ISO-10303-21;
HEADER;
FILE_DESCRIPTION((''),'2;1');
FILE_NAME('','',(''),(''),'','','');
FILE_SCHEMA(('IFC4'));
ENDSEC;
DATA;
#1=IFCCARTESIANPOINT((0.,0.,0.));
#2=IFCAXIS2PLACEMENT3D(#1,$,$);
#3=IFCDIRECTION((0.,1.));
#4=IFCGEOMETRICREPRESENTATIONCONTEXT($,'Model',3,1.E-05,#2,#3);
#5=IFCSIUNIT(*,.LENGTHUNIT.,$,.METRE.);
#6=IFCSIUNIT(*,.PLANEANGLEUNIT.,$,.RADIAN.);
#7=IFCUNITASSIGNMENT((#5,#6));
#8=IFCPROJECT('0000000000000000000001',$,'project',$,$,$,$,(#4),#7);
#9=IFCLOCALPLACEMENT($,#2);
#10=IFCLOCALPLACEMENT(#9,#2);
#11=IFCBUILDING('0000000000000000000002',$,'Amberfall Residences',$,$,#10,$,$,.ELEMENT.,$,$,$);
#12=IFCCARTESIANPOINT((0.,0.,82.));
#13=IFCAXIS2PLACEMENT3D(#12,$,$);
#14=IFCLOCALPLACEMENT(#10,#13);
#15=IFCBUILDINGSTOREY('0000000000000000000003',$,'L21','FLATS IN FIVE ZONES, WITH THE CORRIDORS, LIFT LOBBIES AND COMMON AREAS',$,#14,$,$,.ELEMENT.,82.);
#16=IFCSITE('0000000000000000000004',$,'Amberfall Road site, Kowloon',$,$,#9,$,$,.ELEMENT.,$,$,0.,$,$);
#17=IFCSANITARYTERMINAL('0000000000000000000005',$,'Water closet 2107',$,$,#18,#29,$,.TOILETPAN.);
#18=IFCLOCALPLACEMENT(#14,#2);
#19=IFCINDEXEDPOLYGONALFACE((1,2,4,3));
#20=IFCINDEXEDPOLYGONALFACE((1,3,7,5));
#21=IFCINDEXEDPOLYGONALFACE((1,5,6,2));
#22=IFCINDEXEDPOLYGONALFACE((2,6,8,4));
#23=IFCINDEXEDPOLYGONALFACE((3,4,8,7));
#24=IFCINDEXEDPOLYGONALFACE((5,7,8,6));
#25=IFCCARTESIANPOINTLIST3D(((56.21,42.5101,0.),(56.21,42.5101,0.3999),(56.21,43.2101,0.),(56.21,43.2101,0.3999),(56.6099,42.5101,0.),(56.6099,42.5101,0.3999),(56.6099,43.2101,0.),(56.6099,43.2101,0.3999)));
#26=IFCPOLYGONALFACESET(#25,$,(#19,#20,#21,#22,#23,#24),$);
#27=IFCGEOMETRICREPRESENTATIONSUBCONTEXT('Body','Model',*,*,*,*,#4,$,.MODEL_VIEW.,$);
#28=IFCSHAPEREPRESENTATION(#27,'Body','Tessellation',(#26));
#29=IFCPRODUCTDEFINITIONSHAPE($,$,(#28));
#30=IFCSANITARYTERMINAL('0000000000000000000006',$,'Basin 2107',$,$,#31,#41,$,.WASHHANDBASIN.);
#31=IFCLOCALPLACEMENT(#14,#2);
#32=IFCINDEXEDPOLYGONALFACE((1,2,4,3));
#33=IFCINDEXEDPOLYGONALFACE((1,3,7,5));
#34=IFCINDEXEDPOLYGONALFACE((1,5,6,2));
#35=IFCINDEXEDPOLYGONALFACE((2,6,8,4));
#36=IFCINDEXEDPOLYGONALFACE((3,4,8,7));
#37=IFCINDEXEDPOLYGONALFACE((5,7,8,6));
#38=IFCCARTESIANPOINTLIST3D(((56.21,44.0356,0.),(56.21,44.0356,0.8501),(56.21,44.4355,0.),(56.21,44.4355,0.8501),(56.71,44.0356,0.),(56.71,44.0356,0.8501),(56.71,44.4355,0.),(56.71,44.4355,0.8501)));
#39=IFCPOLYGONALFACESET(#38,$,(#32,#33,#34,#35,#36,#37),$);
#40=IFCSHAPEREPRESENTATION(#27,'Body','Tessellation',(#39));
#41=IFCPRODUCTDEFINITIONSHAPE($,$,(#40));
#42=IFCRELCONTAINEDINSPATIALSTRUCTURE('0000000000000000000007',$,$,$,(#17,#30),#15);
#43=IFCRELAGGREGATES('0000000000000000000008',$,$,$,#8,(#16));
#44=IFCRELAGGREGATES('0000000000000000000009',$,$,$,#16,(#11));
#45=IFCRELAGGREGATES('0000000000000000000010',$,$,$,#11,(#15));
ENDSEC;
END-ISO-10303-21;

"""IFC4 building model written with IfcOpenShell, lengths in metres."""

from ifc_helpers import new_model, si_unit, direction, frame, origin, origin_2d, place, context, subcontext, project, spatial, rectangle, extrude, element, save


model = new_model("IFC4")

# Units and contexts
model_context = context("Model", 3, precision=1e-05, world=origin(), true_north=direction((0.0, 1.0)))
body_context = subcontext(model_context, "Body", "Model", "MODEL_VIEW")
ifc_project = project(units=[si_unit("LENGTHUNIT", "METRE"), si_unit("PLANEANGLEUNIT", "RADIAN")], contexts=[model_context])

# Site, building, storey
site_placement = place(None, origin())
site = spatial("IfcSite", under=ifc_project, at=site_placement, Name="Amberfall Road site, Kowloon", CompositionType="ELEMENT", RefElevation=0.0)
building_placement = place(site_placement, origin())
building = spatial("IfcBuilding", under=site, at=building_placement, Name="Amberfall Residences", CompositionType="ELEMENT")
storey_placement = place(building_placement, frame((0.0, 0.0, 82.0)))
storey = spatial("IfcBuildingStorey", under=building, at=storey_placement, Name="L21", Description="FLATS IN FIVE ZONES, WITH THE CORRIDORS, LIFT LOBBIES AND COMMON AREAS", CompositionType="ELEMENT", Elevation=82.0)

# Sanitary terminals
sanitary_terminal_1_placement = place(storey_placement, frame((56.4099, 42.8601, 0.0), z_axis=(0.0, 0.0, 1.0), x_axis=(1.0, 0.0, 0.0)))
element("IfcSanitaryTerminal", 1, at=sanitary_terminal_1_placement, inside=storey, Name="Water closet 2107", PredefinedType="TOILETPAN", context=body_context, shape_type="SweptSolid", body=[
    extrude(rectangle(XDim=0.3999, YDim=0.7, at=origin_2d()), origin(), (0.0, 0.0, 1.0), 0.3999),
])
sanitary_terminal_2_placement = place(storey_placement, frame((56.46, 44.2356, 0.0), z_axis=(0.0, 0.0, 1.0), x_axis=(1.0, 0.0, 0.0)))
element("IfcSanitaryTerminal", 2, at=sanitary_terminal_2_placement, inside=storey, Name="Basin 2107", PredefinedType="WASHHANDBASIN", context=body_context, shape_type="SweptSolid", body=[
    extrude(rectangle(XDim=0.5, YDim=0.3999, at=origin_2d()), origin(), (0.0, 0.0, 1.0), 0.8501),
])

save(model, "model.ifc")
